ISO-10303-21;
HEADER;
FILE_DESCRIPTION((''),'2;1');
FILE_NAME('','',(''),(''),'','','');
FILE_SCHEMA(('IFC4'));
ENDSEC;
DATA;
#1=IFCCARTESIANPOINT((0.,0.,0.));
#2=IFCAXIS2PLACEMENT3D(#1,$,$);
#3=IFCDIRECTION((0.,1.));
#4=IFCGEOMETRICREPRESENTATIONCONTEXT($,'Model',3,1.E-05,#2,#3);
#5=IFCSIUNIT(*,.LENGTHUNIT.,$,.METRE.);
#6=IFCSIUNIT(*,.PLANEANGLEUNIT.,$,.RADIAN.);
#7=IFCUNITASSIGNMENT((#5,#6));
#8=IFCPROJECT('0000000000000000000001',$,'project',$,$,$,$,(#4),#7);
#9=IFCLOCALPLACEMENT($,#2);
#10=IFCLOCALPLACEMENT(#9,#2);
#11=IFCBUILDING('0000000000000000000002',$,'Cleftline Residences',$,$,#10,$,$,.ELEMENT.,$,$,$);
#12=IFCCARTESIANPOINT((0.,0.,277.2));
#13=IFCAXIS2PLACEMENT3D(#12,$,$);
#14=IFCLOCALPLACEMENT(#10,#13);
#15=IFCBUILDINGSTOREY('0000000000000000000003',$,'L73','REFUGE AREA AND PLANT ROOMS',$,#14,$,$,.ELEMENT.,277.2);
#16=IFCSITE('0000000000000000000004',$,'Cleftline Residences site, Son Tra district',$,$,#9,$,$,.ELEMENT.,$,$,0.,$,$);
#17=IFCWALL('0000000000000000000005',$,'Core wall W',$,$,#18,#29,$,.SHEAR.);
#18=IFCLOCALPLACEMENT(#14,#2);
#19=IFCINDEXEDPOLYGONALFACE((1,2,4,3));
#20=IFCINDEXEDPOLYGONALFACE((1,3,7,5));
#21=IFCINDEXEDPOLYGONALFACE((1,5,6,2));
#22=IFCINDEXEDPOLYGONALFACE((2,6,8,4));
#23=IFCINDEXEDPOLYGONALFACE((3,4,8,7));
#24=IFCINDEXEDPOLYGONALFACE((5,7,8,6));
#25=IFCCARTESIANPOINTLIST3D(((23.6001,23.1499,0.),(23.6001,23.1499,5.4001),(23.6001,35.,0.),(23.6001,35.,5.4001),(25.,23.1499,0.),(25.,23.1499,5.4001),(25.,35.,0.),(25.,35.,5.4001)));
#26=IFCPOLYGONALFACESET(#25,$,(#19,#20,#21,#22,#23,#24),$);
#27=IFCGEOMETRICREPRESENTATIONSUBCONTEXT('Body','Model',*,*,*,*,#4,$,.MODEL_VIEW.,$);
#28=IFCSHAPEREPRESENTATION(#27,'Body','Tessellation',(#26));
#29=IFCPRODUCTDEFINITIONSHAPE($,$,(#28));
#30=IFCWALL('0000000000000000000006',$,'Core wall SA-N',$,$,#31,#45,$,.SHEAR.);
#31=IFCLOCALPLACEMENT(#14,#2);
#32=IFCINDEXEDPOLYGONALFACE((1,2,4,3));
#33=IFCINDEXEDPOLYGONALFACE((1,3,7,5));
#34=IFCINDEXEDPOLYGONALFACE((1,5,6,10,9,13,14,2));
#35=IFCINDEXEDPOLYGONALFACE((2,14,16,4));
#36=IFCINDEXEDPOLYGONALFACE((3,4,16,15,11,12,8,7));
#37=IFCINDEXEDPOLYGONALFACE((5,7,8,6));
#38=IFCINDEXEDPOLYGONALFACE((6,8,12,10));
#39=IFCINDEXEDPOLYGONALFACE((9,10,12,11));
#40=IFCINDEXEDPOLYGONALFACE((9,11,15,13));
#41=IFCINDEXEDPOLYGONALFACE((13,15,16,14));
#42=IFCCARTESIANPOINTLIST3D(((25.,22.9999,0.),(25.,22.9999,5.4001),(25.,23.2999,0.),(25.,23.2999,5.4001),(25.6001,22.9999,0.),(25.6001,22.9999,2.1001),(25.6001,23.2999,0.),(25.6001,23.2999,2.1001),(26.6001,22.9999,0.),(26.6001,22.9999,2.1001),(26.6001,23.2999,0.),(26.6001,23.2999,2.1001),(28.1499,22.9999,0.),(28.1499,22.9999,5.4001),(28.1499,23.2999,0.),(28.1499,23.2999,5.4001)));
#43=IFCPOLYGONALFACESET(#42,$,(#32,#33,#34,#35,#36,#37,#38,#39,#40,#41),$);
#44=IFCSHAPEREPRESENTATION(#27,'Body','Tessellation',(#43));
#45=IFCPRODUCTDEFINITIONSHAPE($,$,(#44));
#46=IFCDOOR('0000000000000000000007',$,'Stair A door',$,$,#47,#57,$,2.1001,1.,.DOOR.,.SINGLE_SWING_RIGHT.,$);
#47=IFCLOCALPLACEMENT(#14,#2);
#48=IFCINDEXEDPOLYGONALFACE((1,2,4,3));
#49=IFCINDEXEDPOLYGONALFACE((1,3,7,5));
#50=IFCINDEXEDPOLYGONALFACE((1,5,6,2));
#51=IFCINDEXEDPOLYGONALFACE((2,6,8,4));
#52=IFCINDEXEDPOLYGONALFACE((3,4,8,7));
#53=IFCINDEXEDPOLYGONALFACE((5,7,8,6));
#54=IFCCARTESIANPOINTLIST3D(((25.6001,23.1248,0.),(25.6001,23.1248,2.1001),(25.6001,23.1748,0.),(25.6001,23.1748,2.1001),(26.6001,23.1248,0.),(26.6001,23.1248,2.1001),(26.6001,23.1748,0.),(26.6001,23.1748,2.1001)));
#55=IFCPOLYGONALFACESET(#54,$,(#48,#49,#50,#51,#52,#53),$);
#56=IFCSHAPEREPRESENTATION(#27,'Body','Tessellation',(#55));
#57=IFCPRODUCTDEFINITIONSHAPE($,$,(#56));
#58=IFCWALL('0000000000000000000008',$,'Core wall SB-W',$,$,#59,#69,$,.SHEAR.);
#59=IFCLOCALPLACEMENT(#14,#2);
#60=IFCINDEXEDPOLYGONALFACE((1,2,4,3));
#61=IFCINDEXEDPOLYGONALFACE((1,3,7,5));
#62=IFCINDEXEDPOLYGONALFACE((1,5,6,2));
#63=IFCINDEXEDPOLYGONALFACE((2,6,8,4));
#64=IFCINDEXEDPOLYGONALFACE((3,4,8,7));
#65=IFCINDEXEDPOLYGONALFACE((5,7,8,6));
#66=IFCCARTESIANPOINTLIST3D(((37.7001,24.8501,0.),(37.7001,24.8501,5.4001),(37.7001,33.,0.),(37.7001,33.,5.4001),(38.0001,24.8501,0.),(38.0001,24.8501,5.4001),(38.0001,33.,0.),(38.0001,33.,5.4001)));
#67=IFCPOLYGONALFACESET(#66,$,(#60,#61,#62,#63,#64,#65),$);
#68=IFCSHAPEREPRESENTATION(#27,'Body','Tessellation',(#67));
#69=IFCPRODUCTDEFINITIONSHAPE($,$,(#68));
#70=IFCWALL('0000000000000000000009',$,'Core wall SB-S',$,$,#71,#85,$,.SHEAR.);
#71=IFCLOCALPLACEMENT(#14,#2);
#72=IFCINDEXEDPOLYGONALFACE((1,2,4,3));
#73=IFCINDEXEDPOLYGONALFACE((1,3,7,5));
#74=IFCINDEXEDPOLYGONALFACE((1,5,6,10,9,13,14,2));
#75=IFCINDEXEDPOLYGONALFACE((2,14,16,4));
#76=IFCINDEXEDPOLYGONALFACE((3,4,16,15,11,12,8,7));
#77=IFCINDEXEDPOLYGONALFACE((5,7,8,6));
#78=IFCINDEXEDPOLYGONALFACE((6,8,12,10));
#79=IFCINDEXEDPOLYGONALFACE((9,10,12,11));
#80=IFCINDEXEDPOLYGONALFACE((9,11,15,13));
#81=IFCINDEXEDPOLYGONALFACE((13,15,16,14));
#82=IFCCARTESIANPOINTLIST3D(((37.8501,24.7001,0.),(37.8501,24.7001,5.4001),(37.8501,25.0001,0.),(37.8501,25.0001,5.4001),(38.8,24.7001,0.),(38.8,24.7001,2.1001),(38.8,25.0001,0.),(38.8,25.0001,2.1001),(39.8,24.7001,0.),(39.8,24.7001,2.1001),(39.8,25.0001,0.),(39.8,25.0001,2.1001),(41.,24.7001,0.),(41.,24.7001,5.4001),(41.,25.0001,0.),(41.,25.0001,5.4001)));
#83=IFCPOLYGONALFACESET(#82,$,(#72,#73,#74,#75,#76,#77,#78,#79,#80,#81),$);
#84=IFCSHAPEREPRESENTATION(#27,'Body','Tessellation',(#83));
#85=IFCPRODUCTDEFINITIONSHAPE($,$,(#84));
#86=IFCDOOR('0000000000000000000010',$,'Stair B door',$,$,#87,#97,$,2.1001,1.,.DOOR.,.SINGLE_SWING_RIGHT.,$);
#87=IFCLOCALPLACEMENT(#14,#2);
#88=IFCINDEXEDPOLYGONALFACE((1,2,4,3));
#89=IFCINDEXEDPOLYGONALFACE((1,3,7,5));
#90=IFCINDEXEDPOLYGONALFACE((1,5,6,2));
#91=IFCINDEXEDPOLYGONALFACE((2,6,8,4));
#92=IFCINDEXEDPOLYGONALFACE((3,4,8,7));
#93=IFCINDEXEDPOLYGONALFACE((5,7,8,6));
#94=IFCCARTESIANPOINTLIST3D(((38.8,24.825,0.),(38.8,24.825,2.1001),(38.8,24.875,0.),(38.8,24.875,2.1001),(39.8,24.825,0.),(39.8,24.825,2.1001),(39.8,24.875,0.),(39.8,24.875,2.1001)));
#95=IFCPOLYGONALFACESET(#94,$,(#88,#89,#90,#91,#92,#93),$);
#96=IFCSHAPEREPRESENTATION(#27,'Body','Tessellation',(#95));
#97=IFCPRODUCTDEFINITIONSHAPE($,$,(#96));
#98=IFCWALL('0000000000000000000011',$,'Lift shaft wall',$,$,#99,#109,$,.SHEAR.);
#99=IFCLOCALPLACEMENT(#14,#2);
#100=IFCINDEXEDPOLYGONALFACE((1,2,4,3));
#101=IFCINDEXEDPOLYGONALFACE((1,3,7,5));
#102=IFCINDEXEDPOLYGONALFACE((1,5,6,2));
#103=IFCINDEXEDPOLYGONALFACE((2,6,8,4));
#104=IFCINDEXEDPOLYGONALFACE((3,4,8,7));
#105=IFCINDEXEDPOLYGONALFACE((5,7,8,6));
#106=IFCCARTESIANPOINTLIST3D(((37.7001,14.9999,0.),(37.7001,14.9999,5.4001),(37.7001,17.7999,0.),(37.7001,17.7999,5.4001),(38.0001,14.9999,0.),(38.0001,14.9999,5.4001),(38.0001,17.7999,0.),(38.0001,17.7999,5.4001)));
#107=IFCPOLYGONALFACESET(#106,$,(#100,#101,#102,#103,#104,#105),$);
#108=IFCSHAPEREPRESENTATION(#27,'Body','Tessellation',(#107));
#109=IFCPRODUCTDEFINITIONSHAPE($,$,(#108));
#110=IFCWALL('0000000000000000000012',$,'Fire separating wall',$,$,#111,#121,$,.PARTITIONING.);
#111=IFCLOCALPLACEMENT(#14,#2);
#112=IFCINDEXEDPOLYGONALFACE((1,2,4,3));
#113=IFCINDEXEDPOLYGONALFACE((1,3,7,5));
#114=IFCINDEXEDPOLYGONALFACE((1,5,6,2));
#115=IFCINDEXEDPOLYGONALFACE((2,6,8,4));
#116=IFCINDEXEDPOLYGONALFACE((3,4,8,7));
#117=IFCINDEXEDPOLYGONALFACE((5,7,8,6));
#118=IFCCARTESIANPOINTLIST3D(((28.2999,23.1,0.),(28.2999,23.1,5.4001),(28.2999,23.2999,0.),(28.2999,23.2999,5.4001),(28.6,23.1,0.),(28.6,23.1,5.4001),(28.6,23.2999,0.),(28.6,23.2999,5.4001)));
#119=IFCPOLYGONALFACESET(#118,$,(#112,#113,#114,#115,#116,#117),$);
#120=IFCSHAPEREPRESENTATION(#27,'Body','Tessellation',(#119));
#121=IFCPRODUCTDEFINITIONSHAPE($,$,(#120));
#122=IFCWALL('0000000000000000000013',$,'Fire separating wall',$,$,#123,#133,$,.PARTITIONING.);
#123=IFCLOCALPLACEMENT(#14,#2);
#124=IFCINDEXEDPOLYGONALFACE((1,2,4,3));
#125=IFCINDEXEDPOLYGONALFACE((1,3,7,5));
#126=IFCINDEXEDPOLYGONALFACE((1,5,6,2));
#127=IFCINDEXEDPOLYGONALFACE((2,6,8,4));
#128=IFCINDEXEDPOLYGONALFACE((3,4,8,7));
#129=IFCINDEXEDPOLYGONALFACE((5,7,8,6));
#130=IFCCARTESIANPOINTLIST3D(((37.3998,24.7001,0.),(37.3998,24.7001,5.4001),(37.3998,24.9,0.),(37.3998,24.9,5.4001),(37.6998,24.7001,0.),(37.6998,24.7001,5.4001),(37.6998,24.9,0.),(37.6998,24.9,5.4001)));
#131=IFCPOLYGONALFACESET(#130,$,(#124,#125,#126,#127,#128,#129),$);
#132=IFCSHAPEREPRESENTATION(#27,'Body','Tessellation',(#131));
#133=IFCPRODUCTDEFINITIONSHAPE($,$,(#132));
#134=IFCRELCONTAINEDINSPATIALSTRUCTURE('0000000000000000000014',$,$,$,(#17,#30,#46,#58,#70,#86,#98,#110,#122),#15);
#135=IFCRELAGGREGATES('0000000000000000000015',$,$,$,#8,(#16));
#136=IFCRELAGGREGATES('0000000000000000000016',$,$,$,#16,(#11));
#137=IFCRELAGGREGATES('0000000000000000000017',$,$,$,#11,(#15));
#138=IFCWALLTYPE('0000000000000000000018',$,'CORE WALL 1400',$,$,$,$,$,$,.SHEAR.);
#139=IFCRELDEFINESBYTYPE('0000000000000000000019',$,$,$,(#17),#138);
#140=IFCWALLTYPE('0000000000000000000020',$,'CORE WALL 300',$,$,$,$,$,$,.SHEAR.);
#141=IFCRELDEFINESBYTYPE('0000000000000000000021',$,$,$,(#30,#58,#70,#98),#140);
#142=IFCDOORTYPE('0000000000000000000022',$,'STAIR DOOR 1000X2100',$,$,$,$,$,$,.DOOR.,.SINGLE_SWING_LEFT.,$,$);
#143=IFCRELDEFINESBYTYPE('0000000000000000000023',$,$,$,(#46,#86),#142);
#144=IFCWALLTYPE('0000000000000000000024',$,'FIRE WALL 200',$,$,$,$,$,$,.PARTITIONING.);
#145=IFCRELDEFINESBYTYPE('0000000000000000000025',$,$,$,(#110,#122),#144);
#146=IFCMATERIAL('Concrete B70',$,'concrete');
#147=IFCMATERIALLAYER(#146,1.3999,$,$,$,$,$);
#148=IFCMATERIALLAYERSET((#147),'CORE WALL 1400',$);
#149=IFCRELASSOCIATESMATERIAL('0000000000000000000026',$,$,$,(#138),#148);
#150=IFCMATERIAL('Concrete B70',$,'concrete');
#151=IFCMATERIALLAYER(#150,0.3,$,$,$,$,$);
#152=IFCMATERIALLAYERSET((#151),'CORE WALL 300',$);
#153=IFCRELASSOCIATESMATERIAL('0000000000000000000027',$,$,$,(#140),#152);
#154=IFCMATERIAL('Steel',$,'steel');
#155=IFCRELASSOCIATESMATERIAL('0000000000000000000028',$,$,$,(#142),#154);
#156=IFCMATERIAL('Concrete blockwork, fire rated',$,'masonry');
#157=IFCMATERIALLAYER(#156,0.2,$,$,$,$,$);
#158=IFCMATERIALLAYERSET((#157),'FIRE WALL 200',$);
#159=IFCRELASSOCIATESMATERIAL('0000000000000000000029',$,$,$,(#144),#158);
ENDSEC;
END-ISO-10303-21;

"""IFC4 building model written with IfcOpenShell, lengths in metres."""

from ifc_helpers import new_model, si_unit, direction, frame, frame_2d, origin, place, context, subcontext, project, spatial, rectangle, extrude, material, layer, layer_set, type_object, element, fill, save


model = new_model("IFC4")

# Units and contexts
model_context = context("Model", 3, precision=1e-05, world=origin(), true_north=direction((0.0, 1.0)))
body_context = subcontext(model_context, "Body", "Model", "MODEL_VIEW")
ifc_project = project(units=[si_unit("LENGTHUNIT", "METRE"), si_unit("PLANEANGLEUNIT", "RADIAN")], contexts=[model_context])

# Site, building, storey
site_placement = place(None, origin())
site = spatial("IfcSite", under=ifc_project, at=site_placement, Name="Cleftline Residences site, Son Tra district", CompositionType="ELEMENT", RefElevation=0.0)
building_placement = place(site_placement, origin())
building = spatial("IfcBuilding", under=site, at=building_placement, Name="Cleftline Residences", CompositionType="ELEMENT")
storey_placement = place(building_placement, frame((0.0, 0.0, 277.2)))
storey = spatial("IfcBuildingStorey", under=building, at=storey_placement, Name="L73", Description="REFUGE AREA AND PLANT ROOMS", CompositionType="ELEMENT", Elevation=277.2)

# Wall
ifc_material_1 = material(Name="Concrete B70", Category="concrete")
ifc_layer_1 = layer(ifc_material_1, 1.3999)
ifc_layer_set_1 = layer_set([ifc_layer_1], Name="CORE WALL 1400")
wall_type_1 = type_object("IfcWallType", Name="CORE WALL 1400", PredefinedType="SHEAR", material=ifc_layer_set_1)
wall_1_placement = place(storey_placement, frame((24.3, 23.1499, 0.0), z_axis=(0.0, 0.0, 1.0), x_axis=(0.0, 1.0, 0.0)))
element("IfcWall", 1, at=wall_1_placement, inside=storey, type_object=wall_type_1, Name="Core wall W", PredefinedType="SHEAR", context=body_context, shape_type="SweptSolid", body=[
    extrude(rectangle(XDim=11.8501, YDim=1.3999, at=frame_2d((5.925, 0.0))), origin(), (0.0, 0.0, 1.0), 5.4001),
])

# Wall, opening, door
ifc_material_2 = material(Name="Concrete B70", Category="concrete")
ifc_layer_2 = layer(ifc_material_2, 0.3)
ifc_layer_set_2 = layer_set([ifc_layer_2], Name="CORE WALL 300")
wall_type_2 = type_object("IfcWallType", Name="CORE WALL 300", PredefinedType="SHEAR", material=ifc_layer_set_2)
wall_2_placement = place(storey_placement, frame((25.0, 23.1499, 0.0), z_axis=(0.0, 0.0, 1.0), x_axis=(1.0, 0.0, 0.0)))
wall_2 = element("IfcWall", 2, at=wall_2_placement, inside=storey, type_object=wall_type_2, Name="Core wall SA-N", PredefinedType="SHEAR", context=body_context, shape_type="SweptSolid", body=[
    extrude(rectangle(XDim=3.1499, YDim=0.3, at=frame_2d((1.575, 0.0))), origin(), (0.0, 0.0, 1.0), 5.4001),
])
opening_1_placement = place(wall_2_placement, frame((0.6001, 0.0, 0.0)))
opening_1 = element("IfcOpeningElement", 3, at=opening_1_placement, cuts=wall_2, PredefinedType="OPENING", context=body_context, shape_type="SweptSolid", body=[
    extrude(rectangle(XDim=1.0, YDim=2.1001, at=frame_2d((0.5, 1.05))), frame((0.0, 0.1599, 0.0), z_axis=(0.0, -1.0, 0.0), x_axis=(1.0, 0.0, 0.0)), (0.0, 0.0, 1.0), 0.3201),
])
ifc_material_3 = material(Name="Steel", Category="steel")
door_type_1 = type_object("IfcDoorType", Name="STAIR DOOR 1000X2100", OperationType="SINGLE_SWING_LEFT", PredefinedType="DOOR", material=ifc_material_3)
door_1_placement = place(opening_1_placement, origin())
door_1 = element("IfcDoor", 4, at=door_1_placement, inside=storey, type_object=door_type_1, Name="Stair A door", OperationType="SINGLE_SWING_RIGHT", OverallHeight=2.1001, OverallWidth=1.0, PredefinedType="DOOR", context=body_context, shape_type="SweptSolid", body=[
    extrude(rectangle(XDim=1.0, YDim=2.1001, at=frame_2d((0.5, 1.05))), frame((0.0, 0.0249, 0.0), z_axis=(0.0, -1.0, 0.0), x_axis=(1.0, 0.0, 0.0)), (0.0, 0.0, 1.0), 0.05),
])
fill(opening_1, door_1)

# Wall
wall_3_placement = place(storey_placement, frame((37.8501, 24.8501, 0.0), z_axis=(0.0, 0.0, 1.0), x_axis=(0.0, 1.0, 0.0)))
element("IfcWall", 5, at=wall_3_placement, inside=storey, type_object=wall_type_2, Name="Core wall SB-W", PredefinedType="SHEAR", context=body_context, shape_type="SweptSolid", body=[
    extrude(rectangle(XDim=8.1499, YDim=0.3, at=frame_2d((4.075, 0.0))), origin(), (0.0, 0.0, 1.0), 5.4001),
])

# Wall, opening, door
wall_4_placement = place(storey_placement, frame((37.8501, 24.8501, 0.0), z_axis=(0.0, 0.0, 1.0), x_axis=(1.0, 0.0, 0.0)))
wall_4 = element("IfcWall", 6, at=wall_4_placement, inside=storey, type_object=wall_type_2, Name="Core wall SB-S", PredefinedType="SHEAR", context=body_context, shape_type="SweptSolid", body=[
    extrude(rectangle(XDim=3.1499, YDim=0.3, at=frame_2d((1.575, 0.0))), origin(), (0.0, 0.0, 1.0), 5.4001),
])
opening_2_placement = place(wall_4_placement, frame((0.95, 0.0, 0.0)))
opening_2 = element("IfcOpeningElement", 7, at=opening_2_placement, cuts=wall_4, PredefinedType="OPENING", context=body_context, shape_type="SweptSolid", body=[
    extrude(rectangle(XDim=1.0, YDim=2.1001, at=frame_2d((0.5, 1.05))), frame((0.0, 0.1599, 0.0), z_axis=(0.0, -1.0, 0.0), x_axis=(1.0, 0.0, 0.0)), (0.0, 0.0, 1.0), 0.3201),
])
door_2_placement = place(opening_2_placement, origin())
door_2 = element("IfcDoor", 8, at=door_2_placement, inside=storey, type_object=door_type_1, Name="Stair B door", OperationType="SINGLE_SWING_RIGHT", OverallHeight=2.1001, OverallWidth=1.0, PredefinedType="DOOR", context=body_context, shape_type="SweptSolid", body=[
    extrude(rectangle(XDim=1.0, YDim=2.1001, at=frame_2d((0.5, 1.05))), frame((0.0, 0.0249, 0.0), z_axis=(0.0, -1.0, 0.0), x_axis=(1.0, 0.0, 0.0)), (0.0, 0.0, 1.0), 0.05),
])
fill(opening_2, door_2)

# Walls
wall_5_placement = place(storey_placement, frame((37.8501, 15.0, 0.0), z_axis=(0.0, 0.0, 1.0), x_axis=(0.0, 1.0, 0.0)))
element("IfcWall", 9, at=wall_5_placement, inside=storey, type_object=wall_type_2, Name="Lift shaft wall", PredefinedType="SHEAR", context=body_context, shape_type="SweptSolid", body=[
    extrude(rectangle(XDim=2.8, YDim=0.3, at=frame_2d((1.3999, 0.0))), origin(), (0.0, 0.0, 1.0), 5.4001),
])
ifc_material_4 = material(Name="Concrete blockwork, fire rated", Category="masonry")
ifc_layer_3 = layer(ifc_material_4, 0.2)
ifc_layer_set_3 = layer_set([ifc_layer_3], Name="FIRE WALL 200")
wall_type_3 = type_object("IfcWallType", Name="FIRE WALL 200", PredefinedType="PARTITIONING", material=ifc_layer_set_3)
for number, where, z_axis, x_axis, name in (
    (10, (28.3, 23.2, 0.0), (0.0, 0.0, 1.0), (1.0, 0.0, 0.0), "Fire separating wall"),
    (11, (37.3999, 24.8, 0.0), (0.0, 0.0, 1.0), (1.0, 0.0, 0.0), "Fire separating wall"),
):
    element("IfcWall", number, at=place(storey_placement, frame(where, z_axis=z_axis, x_axis=x_axis)), inside=storey, type_object=wall_type_3, Name=name, PredefinedType="PARTITIONING", context=body_context, shape_type="SweptSolid", body=[
        extrude(rectangle(XDim=0.3, YDim=0.2, at=frame_2d((0.1499, 0.0))), origin(), (0.0, 0.0, 1.0), 5.4001),
    ])

save(model, "model.ifc")
